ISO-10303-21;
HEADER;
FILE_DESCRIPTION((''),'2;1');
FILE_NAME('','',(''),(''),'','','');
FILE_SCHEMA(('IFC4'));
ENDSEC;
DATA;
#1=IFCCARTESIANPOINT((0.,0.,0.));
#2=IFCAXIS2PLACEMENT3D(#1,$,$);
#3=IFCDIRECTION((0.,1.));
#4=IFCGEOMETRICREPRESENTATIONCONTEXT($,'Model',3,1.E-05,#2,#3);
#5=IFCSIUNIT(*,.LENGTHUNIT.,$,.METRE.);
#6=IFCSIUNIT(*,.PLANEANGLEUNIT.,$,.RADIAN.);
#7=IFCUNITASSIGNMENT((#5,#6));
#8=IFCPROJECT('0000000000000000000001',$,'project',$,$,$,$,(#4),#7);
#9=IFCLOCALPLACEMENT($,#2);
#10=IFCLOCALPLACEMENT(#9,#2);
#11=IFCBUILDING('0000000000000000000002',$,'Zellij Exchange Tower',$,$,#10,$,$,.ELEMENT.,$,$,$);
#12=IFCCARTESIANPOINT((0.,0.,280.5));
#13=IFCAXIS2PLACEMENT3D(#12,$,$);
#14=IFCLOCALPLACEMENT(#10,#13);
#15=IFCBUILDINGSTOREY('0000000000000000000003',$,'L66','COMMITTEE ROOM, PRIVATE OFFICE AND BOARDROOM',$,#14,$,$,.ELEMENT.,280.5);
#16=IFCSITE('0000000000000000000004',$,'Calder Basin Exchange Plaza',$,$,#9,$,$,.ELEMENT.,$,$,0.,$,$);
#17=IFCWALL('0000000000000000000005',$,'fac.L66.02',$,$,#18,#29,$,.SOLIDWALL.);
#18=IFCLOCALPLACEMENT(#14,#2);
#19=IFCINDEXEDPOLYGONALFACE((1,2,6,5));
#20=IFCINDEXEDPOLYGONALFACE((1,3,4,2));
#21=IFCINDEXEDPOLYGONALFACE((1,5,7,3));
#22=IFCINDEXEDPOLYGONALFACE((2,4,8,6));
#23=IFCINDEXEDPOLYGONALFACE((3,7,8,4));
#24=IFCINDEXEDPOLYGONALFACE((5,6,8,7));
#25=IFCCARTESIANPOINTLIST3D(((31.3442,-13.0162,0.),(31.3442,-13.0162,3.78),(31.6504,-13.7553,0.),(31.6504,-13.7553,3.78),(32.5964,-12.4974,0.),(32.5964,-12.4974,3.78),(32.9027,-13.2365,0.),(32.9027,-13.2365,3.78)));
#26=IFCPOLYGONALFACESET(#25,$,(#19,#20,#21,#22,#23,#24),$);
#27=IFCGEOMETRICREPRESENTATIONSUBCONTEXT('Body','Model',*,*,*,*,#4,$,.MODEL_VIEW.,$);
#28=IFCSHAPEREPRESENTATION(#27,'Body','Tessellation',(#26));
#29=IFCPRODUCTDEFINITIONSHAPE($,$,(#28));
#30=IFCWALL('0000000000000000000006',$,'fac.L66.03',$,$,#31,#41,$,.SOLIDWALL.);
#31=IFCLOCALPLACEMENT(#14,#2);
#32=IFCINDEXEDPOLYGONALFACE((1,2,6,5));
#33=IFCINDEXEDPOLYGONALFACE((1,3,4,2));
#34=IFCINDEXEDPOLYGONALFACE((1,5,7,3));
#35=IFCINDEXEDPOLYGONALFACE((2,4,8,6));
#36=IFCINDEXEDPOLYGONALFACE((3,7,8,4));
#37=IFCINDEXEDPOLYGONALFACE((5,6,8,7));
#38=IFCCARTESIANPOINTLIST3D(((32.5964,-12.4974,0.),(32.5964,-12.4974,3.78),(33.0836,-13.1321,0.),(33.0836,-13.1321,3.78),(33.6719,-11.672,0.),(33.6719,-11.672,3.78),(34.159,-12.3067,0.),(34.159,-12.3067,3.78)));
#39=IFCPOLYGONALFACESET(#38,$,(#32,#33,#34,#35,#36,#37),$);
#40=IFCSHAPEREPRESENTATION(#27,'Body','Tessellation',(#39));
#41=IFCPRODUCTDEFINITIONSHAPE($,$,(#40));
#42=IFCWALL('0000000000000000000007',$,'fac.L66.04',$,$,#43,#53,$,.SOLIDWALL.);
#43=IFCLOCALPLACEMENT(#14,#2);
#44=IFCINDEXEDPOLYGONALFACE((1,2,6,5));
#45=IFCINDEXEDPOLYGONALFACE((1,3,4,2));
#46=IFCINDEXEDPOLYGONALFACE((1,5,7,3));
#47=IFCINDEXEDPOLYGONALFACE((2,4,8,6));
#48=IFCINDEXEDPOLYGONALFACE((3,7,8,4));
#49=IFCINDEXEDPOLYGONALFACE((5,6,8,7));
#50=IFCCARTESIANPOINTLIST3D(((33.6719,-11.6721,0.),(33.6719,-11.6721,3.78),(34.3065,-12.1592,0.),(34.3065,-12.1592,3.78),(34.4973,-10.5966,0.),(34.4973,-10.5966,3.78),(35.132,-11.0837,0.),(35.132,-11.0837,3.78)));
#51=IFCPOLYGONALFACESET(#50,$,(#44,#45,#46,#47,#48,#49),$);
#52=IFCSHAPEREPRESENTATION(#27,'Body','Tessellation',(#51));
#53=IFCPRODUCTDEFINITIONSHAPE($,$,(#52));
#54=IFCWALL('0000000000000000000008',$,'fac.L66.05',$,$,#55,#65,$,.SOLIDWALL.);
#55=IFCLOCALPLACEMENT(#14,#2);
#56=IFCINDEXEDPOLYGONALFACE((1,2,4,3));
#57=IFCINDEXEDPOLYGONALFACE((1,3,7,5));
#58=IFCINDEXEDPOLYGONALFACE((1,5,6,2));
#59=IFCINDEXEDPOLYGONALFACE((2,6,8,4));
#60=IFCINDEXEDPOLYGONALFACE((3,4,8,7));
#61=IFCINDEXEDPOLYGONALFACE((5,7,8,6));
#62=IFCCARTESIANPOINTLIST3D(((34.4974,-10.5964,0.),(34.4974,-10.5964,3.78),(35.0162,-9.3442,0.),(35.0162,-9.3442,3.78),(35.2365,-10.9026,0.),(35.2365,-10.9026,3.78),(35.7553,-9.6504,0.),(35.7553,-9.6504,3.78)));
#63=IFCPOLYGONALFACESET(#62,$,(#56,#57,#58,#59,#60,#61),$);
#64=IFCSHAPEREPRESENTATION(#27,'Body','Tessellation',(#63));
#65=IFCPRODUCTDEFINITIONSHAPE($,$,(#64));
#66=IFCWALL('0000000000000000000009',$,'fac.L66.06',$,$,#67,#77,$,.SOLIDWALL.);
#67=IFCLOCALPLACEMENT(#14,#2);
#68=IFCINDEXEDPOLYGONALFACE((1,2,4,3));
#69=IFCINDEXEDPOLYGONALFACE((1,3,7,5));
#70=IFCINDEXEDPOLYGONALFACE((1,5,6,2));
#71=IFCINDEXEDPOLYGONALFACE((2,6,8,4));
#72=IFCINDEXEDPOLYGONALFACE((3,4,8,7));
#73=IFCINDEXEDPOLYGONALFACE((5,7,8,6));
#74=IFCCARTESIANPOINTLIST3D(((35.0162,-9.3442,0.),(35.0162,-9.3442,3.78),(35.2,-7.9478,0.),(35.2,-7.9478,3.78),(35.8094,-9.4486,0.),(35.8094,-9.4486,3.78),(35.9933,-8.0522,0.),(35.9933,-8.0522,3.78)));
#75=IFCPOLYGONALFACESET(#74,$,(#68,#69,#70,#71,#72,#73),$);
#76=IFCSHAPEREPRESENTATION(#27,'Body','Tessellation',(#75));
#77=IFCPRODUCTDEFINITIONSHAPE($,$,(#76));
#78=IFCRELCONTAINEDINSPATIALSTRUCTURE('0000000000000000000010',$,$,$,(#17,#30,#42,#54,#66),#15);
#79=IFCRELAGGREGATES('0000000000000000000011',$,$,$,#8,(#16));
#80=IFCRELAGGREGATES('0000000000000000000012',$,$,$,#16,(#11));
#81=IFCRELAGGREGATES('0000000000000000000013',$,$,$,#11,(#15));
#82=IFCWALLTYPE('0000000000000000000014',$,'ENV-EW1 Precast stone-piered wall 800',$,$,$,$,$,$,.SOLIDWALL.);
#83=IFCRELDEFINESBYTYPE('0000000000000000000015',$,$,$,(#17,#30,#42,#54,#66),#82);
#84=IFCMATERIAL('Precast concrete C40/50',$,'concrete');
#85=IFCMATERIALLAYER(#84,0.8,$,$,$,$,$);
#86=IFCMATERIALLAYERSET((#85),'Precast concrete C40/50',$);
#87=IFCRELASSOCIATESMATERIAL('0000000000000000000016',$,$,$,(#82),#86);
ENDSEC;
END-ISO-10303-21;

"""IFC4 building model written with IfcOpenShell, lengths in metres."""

from ifc_helpers import new_model, si_unit, direction, frame, frame_2d, origin, place, context, subcontext, project, spatial, rectangle, extrude, material, layer, layer_set, type_object, element, save


model = new_model("IFC4")

# Units and contexts
model_context = context("Model", 3, precision=1e-05, world=origin(), true_north=direction((0.0, 1.0)))
body_context = subcontext(model_context, "Body", "Model", "MODEL_VIEW")
ifc_project = project(units=[si_unit("LENGTHUNIT", "METRE"), si_unit("PLANEANGLEUNIT", "RADIAN")], contexts=[model_context])

# Site, building, storey
site_placement = place(None, origin())
site = spatial("IfcSite", under=ifc_project, at=site_placement, Name="Calder Basin Exchange Plaza", CompositionType="ELEMENT", RefElevation=0.0)
building_placement = place(site_placement, origin())
building = spatial("IfcBuilding", under=site, at=building_placement, Name="Zellij Exchange Tower", CompositionType="ELEMENT")
storey_placement = place(building_placement, frame((0.0, 0.0, 280.5)))
storey = spatial("IfcBuildingStorey", under=building, at=storey_placement, Name="L66", Description="COMMITTEE ROOM, PRIVATE OFFICE AND BOARDROOM", CompositionType="ELEMENT", Elevation=280.5)

# Walls
ifc_material_1 = material(Name="Precast concrete C40/50", Category="concrete")
ifc_layer_1 = layer(ifc_material_1, 0.8)
ifc_layer_set_1 = layer_set([ifc_layer_1], Name="Precast concrete C40/50")
wall_type_1 = type_object("IfcWallType", Name="ENV-EW1 Precast stone-piered wall 800", PredefinedType="SOLIDWALL", material=ifc_layer_set_1)
wall_1_placement = place(storey_placement, frame((31.4973, -13.3857, 0.0), z_axis=(0.0, 0.0, 1.0), x_axis=(0.923848, 0.38276, 0.0)))
element("IfcWall", 1, at=wall_1_placement, inside=storey, type_object=wall_type_1, Name="fac.L66.02", PredefinedType="SOLIDWALL", context=body_context, shape_type="SweptSolid", body=[
    extrude(rectangle(XDim=1.3555, YDim=0.8, at=frame_2d((0.6777, 0.0))), origin(), (0.0, 0.0, 1.0), 3.78),
])
for number, where, z_axis, x_axis, name in (
    (2, (32.8401, -12.8147, 0.0), (0.0, 0.0, 1.0), (0.793273, 0.608866, 0.0), "fac.L66.03"),
    (3, (33.9893, -11.9155, 0.0), (0.0, 0.0, 1.0), (0.608866, 0.793273, 0.0), "fac.L66.04"),
):
    element("IfcWall", number, at=place(storey_placement, frame(where, z_axis=z_axis, x_axis=x_axis)), inside=storey, type_object=wall_type_1, Name=name, PredefinedType="SOLIDWALL", context=body_context, shape_type="SweptSolid", body=[
        extrude(rectangle(XDim=1.3557, YDim=0.8, at=frame_2d((0.6777, 0.0))), origin(), (0.0, 0.0, 1.0), 3.78),
    ])
wall_2_placement = place(storey_placement, frame((34.8669, -10.7495, 0.0), z_axis=(0.0, 0.0, 1.0), x_axis=(0.38276, 0.923848, 0.0)))
element("IfcWall", 4, at=wall_2_placement, inside=storey, type_object=wall_type_1, Name="fac.L66.05", PredefinedType="SOLIDWALL", context=body_context, shape_type="SweptSolid", body=[
    extrude(rectangle(XDim=1.3555, YDim=0.8, at=frame_2d((0.6777, 0.0))), origin(), (0.0, 0.0, 1.0), 3.78),
])
wall_3_placement = place(storey_placement, frame((35.4128, -9.3962, 0.0), z_axis=(0.0, 0.0, 1.0), x_axis=(0.130517, 0.991446, 0.0)))
element("IfcWall", 5, at=wall_3_placement, inside=storey, type_object=wall_type_1, Name="fac.L66.06", PredefinedType="SOLIDWALL", context=body_context, shape_type="SweptSolid", body=[
    extrude(rectangle(XDim=1.4084, YDim=0.8, at=frame_2d((0.7041, 0.0))), origin(), (0.0, 0.0, 1.0), 3.78),
])

save(model, "model.ifc")
